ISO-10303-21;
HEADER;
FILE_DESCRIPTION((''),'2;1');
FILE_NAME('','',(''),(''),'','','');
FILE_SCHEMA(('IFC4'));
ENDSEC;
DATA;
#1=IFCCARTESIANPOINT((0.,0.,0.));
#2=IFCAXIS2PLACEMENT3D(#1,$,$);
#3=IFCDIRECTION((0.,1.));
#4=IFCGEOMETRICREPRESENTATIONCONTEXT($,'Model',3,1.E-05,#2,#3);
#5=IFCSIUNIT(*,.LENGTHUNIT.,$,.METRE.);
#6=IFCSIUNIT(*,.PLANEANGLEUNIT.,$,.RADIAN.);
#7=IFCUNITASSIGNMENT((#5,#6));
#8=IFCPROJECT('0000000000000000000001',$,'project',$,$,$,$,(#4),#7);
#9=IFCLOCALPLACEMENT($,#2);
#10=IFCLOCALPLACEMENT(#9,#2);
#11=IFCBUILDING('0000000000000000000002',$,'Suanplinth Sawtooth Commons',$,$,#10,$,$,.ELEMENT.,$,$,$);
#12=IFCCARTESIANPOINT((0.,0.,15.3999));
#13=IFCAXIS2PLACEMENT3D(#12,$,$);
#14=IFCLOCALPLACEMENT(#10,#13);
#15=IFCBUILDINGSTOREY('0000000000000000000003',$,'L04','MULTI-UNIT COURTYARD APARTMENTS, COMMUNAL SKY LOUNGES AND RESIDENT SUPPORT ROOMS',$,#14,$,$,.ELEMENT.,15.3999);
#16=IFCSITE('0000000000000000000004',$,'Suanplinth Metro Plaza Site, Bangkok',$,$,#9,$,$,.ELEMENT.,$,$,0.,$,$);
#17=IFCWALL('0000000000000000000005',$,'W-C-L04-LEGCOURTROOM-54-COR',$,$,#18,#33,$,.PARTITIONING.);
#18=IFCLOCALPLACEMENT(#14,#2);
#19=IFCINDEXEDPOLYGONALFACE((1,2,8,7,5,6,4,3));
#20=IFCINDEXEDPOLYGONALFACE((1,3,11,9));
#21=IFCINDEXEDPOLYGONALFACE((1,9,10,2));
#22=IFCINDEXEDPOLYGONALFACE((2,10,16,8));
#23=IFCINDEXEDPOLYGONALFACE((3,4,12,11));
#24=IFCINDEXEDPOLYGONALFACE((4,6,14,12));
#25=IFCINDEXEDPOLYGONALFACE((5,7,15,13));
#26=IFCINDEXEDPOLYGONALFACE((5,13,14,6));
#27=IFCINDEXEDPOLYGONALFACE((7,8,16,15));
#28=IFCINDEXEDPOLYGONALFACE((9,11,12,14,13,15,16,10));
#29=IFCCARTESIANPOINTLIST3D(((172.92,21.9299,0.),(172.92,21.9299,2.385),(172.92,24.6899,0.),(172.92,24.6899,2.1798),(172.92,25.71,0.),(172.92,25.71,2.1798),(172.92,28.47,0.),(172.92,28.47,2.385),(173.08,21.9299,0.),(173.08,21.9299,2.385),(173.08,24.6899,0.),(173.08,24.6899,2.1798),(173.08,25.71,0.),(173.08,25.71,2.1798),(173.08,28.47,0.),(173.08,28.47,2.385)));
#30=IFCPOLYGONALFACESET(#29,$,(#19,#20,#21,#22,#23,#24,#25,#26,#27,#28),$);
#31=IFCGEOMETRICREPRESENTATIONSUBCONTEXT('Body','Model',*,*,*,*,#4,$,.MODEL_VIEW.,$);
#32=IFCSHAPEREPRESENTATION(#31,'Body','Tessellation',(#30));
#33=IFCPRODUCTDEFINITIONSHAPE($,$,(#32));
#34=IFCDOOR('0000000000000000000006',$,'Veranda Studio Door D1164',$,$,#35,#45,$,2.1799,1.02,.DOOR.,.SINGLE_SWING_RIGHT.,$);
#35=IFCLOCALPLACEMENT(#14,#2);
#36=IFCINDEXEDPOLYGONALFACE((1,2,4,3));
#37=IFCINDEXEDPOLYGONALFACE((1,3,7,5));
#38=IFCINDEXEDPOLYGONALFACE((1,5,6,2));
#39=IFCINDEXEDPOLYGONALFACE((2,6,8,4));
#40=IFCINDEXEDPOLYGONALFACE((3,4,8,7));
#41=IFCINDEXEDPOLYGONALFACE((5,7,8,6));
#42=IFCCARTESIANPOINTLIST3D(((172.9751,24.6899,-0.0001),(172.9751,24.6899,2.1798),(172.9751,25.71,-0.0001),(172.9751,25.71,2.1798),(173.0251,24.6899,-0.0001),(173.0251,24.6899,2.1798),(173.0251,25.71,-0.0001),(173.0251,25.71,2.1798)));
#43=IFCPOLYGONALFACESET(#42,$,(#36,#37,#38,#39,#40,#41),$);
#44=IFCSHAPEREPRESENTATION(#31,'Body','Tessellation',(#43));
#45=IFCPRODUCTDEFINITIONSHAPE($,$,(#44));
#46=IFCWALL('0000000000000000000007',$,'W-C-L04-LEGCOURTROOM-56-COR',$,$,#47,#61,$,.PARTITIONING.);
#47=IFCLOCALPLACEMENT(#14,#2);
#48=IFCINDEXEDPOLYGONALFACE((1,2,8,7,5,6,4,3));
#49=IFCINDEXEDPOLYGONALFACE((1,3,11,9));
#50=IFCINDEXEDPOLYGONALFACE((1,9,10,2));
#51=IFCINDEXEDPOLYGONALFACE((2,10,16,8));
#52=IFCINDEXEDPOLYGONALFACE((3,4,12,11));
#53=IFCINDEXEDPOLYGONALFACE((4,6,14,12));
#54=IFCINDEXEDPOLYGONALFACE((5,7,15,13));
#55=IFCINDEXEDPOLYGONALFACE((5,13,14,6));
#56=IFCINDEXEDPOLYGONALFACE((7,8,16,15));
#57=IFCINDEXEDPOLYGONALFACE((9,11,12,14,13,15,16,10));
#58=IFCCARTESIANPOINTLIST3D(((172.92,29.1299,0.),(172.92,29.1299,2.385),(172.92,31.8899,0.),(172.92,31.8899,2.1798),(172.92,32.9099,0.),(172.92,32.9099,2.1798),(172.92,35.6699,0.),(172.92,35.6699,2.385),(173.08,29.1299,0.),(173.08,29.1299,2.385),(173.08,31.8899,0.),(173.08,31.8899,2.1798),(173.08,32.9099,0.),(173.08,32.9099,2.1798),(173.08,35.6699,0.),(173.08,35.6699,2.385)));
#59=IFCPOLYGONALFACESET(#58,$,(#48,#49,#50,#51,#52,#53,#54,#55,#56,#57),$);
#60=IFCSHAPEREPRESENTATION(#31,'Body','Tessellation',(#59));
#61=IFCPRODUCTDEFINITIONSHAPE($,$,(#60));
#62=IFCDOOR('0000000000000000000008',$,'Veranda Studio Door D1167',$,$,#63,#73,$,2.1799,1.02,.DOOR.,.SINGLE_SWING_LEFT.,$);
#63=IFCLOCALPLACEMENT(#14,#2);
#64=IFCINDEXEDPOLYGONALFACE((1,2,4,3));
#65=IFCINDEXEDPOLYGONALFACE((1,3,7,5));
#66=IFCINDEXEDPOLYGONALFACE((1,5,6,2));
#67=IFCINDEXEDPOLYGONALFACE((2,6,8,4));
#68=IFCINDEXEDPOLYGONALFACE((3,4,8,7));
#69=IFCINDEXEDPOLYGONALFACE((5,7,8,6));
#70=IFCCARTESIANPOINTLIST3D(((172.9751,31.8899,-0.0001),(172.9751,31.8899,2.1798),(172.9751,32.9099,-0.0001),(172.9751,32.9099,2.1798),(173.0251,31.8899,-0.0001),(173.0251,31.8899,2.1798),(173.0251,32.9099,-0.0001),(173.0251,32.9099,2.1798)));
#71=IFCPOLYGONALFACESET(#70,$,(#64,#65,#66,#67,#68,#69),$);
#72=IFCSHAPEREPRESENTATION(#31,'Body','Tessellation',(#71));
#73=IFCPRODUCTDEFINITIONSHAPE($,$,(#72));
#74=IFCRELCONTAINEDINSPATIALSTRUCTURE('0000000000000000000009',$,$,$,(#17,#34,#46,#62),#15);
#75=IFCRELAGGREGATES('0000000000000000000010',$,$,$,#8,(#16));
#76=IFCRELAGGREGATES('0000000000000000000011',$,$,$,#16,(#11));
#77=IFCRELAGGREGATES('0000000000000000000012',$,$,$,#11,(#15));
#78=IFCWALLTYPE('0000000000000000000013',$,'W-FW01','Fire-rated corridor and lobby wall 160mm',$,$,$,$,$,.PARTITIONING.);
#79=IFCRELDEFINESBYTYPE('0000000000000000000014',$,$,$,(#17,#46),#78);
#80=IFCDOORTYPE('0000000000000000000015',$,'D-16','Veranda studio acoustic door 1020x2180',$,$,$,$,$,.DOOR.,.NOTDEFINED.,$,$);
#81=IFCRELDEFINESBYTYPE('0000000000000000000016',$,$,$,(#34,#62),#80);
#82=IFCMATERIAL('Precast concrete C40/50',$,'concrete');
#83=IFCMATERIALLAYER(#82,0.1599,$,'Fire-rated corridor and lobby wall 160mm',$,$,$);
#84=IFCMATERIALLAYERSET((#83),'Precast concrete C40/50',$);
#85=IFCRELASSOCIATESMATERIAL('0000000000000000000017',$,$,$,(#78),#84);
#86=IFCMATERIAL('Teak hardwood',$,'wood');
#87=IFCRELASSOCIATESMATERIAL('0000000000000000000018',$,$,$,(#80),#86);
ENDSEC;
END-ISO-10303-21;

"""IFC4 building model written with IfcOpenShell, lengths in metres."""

from ifc_helpers import new_model, si_unit, direction, frame, frame_2d, origin, place, context, subcontext, project, spatial, rectangle, extrude, material, layer, layer_set, type_object, element, fill, save


model = new_model("IFC4")

# Units and contexts
model_context = context("Model", 3, precision=1e-05, world=origin(), true_north=direction((0.0, 1.0)))
body_context = subcontext(model_context, "Body", "Model", "MODEL_VIEW")
ifc_project = project(units=[si_unit("LENGTHUNIT", "METRE"), si_unit("PLANEANGLEUNIT", "RADIAN")], contexts=[model_context])

# Site, building, storey
site_placement = place(None, origin())
site = spatial("IfcSite", under=ifc_project, at=site_placement, Name="Suanplinth Metro Plaza Site, Bangkok", CompositionType="ELEMENT", RefElevation=0.0)
building_placement = place(site_placement, origin())
building = spatial("IfcBuilding", under=site, at=building_placement, Name="Suanplinth Sawtooth Commons", CompositionType="ELEMENT")
storey_placement = place(building_placement, frame((0.0, 0.0, 15.3999)))
storey = spatial("IfcBuildingStorey", under=building, at=storey_placement, Name="L04", Description="MULTI-UNIT COURTYARD APARTMENTS, COMMUNAL SKY LOUNGES AND RESIDENT SUPPORT ROOMS", CompositionType="ELEMENT", Elevation=15.3999)

# Shared definitions
ifc_material_1 = material(Name="Precast concrete C40/50", Category="concrete")

# Walls, openings, doors
ifc_layer_1 = layer(ifc_material_1, 0.1599, Name="Fire-rated corridor and lobby wall 160mm")
ifc_layer_set_1 = layer_set([ifc_layer_1], Name="Precast concrete C40/50")
wall_type_1 = type_object("IfcWallType", Name="W-FW01", Description="Fire-rated corridor and lobby wall 160mm", PredefinedType="PARTITIONING", material=ifc_layer_set_1)
wall_1_placement = place(storey_placement, frame((173.0, 21.9299, 0.0), z_axis=(0.0, 0.0, 1.0), x_axis=(0.0, 1.0, 0.0)))
wall_1 = element("IfcWall", 1, at=wall_1_placement, inside=storey, type_object=wall_type_1, Name="W-C-L04-LEGCOURTROOM-54-COR", PredefinedType="PARTITIONING", context=body_context, shape_type="SweptSolid", body=[
    extrude(rectangle(XDim=6.54, YDim=0.1599, at=frame_2d((3.27, 0.0))), origin(), (0.0, 0.0, 1.0), 2.385),
])
opening_1_placement = place(wall_1_placement, frame((2.76, 0.0, 0.0)))
opening_1 = element("IfcOpeningElement", 2, at=opening_1_placement, cuts=wall_1, PredefinedType="OPENING", context=body_context, shape_type="SweptSolid", body=[
    extrude(rectangle(XDim=1.02, YDim=2.1799, at=frame_2d((0.51, 1.0898))), frame((0.0, 0.0947, 0.0), z_axis=(0.0, -1.0, 0.0), x_axis=(1.0, 0.0, 0.0)), (0.0, 0.0, 1.0), 0.1897),
])
ifc_material_2 = material(Name="Teak hardwood", Category="wood")
door_type_1 = type_object("IfcDoorType", Name="D-16", Description="Veranda studio acoustic door 1020x2180", OperationType="NOTDEFINED", PredefinedType="DOOR", material=ifc_material_2)
door_1_placement = place(opening_1_placement, origin())
door_1 = element("IfcDoor", 3, at=door_1_placement, inside=storey, type_object=door_type_1, Name="Veranda Studio Door D1164", OperationType="SINGLE_SWING_RIGHT", OverallHeight=2.1799, OverallWidth=1.02, PredefinedType="DOOR", context=body_context, shape_type="SweptSolid", body=[
    extrude(rectangle(XDim=1.02, YDim=2.1799, at=frame_2d((0.51, 1.0898))), frame((0.0, 0.0249, 0.0), z_axis=(0.0, -1.0, 0.0), x_axis=(1.0, 0.0, 0.0)), (0.0, 0.0, 1.0), 0.05),
])
fill(opening_1, door_1)
wall_2_placement = place(storey_placement, frame((173.0, 29.1299, 0.0), z_axis=(0.0, 0.0, 1.0), x_axis=(0.0, 1.0, 0.0)))
wall_2 = element("IfcWall", 4, at=wall_2_placement, inside=storey, type_object=wall_type_1, Name="W-C-L04-LEGCOURTROOM-56-COR", PredefinedType="PARTITIONING", context=body_context, shape_type="SweptSolid", body=[
    extrude(rectangle(XDim=6.54, YDim=0.1599, at=frame_2d((3.27, 0.0))), origin(), (0.0, 0.0, 1.0), 2.385),
])
opening_2_placement = place(wall_2_placement, frame((2.76, 0.0, 0.0)))
opening_2 = element("IfcOpeningElement", 5, at=opening_2_placement, cuts=wall_2, PredefinedType="OPENING", context=body_context, shape_type="SweptSolid", body=[
    extrude(rectangle(XDim=1.02, YDim=2.1799, at=frame_2d((0.51, 1.0898))), frame((0.0, 0.0947, 0.0), z_axis=(0.0, -1.0, 0.0), x_axis=(1.0, 0.0, 0.0)), (0.0, 0.0, 1.0), 0.1897),
])
door_2_placement = place(opening_2_placement, origin())
door_2 = element("IfcDoor", 6, at=door_2_placement, inside=storey, type_object=door_type_1, Name="Veranda Studio Door D1167", OperationType="SINGLE_SWING_LEFT", OverallHeight=2.1799, OverallWidth=1.02, PredefinedType="DOOR", context=body_context, shape_type="SweptSolid", body=[
    extrude(rectangle(XDim=1.02, YDim=2.1799, at=frame_2d((0.51, 1.0898))), frame((0.0, 0.0249, 0.0), z_axis=(0.0, -1.0, 0.0), x_axis=(1.0, 0.0, 0.0)), (0.0, 0.0, 1.0), 0.05),
])
fill(opening_2, door_2)

save(model, "model.ifc")
